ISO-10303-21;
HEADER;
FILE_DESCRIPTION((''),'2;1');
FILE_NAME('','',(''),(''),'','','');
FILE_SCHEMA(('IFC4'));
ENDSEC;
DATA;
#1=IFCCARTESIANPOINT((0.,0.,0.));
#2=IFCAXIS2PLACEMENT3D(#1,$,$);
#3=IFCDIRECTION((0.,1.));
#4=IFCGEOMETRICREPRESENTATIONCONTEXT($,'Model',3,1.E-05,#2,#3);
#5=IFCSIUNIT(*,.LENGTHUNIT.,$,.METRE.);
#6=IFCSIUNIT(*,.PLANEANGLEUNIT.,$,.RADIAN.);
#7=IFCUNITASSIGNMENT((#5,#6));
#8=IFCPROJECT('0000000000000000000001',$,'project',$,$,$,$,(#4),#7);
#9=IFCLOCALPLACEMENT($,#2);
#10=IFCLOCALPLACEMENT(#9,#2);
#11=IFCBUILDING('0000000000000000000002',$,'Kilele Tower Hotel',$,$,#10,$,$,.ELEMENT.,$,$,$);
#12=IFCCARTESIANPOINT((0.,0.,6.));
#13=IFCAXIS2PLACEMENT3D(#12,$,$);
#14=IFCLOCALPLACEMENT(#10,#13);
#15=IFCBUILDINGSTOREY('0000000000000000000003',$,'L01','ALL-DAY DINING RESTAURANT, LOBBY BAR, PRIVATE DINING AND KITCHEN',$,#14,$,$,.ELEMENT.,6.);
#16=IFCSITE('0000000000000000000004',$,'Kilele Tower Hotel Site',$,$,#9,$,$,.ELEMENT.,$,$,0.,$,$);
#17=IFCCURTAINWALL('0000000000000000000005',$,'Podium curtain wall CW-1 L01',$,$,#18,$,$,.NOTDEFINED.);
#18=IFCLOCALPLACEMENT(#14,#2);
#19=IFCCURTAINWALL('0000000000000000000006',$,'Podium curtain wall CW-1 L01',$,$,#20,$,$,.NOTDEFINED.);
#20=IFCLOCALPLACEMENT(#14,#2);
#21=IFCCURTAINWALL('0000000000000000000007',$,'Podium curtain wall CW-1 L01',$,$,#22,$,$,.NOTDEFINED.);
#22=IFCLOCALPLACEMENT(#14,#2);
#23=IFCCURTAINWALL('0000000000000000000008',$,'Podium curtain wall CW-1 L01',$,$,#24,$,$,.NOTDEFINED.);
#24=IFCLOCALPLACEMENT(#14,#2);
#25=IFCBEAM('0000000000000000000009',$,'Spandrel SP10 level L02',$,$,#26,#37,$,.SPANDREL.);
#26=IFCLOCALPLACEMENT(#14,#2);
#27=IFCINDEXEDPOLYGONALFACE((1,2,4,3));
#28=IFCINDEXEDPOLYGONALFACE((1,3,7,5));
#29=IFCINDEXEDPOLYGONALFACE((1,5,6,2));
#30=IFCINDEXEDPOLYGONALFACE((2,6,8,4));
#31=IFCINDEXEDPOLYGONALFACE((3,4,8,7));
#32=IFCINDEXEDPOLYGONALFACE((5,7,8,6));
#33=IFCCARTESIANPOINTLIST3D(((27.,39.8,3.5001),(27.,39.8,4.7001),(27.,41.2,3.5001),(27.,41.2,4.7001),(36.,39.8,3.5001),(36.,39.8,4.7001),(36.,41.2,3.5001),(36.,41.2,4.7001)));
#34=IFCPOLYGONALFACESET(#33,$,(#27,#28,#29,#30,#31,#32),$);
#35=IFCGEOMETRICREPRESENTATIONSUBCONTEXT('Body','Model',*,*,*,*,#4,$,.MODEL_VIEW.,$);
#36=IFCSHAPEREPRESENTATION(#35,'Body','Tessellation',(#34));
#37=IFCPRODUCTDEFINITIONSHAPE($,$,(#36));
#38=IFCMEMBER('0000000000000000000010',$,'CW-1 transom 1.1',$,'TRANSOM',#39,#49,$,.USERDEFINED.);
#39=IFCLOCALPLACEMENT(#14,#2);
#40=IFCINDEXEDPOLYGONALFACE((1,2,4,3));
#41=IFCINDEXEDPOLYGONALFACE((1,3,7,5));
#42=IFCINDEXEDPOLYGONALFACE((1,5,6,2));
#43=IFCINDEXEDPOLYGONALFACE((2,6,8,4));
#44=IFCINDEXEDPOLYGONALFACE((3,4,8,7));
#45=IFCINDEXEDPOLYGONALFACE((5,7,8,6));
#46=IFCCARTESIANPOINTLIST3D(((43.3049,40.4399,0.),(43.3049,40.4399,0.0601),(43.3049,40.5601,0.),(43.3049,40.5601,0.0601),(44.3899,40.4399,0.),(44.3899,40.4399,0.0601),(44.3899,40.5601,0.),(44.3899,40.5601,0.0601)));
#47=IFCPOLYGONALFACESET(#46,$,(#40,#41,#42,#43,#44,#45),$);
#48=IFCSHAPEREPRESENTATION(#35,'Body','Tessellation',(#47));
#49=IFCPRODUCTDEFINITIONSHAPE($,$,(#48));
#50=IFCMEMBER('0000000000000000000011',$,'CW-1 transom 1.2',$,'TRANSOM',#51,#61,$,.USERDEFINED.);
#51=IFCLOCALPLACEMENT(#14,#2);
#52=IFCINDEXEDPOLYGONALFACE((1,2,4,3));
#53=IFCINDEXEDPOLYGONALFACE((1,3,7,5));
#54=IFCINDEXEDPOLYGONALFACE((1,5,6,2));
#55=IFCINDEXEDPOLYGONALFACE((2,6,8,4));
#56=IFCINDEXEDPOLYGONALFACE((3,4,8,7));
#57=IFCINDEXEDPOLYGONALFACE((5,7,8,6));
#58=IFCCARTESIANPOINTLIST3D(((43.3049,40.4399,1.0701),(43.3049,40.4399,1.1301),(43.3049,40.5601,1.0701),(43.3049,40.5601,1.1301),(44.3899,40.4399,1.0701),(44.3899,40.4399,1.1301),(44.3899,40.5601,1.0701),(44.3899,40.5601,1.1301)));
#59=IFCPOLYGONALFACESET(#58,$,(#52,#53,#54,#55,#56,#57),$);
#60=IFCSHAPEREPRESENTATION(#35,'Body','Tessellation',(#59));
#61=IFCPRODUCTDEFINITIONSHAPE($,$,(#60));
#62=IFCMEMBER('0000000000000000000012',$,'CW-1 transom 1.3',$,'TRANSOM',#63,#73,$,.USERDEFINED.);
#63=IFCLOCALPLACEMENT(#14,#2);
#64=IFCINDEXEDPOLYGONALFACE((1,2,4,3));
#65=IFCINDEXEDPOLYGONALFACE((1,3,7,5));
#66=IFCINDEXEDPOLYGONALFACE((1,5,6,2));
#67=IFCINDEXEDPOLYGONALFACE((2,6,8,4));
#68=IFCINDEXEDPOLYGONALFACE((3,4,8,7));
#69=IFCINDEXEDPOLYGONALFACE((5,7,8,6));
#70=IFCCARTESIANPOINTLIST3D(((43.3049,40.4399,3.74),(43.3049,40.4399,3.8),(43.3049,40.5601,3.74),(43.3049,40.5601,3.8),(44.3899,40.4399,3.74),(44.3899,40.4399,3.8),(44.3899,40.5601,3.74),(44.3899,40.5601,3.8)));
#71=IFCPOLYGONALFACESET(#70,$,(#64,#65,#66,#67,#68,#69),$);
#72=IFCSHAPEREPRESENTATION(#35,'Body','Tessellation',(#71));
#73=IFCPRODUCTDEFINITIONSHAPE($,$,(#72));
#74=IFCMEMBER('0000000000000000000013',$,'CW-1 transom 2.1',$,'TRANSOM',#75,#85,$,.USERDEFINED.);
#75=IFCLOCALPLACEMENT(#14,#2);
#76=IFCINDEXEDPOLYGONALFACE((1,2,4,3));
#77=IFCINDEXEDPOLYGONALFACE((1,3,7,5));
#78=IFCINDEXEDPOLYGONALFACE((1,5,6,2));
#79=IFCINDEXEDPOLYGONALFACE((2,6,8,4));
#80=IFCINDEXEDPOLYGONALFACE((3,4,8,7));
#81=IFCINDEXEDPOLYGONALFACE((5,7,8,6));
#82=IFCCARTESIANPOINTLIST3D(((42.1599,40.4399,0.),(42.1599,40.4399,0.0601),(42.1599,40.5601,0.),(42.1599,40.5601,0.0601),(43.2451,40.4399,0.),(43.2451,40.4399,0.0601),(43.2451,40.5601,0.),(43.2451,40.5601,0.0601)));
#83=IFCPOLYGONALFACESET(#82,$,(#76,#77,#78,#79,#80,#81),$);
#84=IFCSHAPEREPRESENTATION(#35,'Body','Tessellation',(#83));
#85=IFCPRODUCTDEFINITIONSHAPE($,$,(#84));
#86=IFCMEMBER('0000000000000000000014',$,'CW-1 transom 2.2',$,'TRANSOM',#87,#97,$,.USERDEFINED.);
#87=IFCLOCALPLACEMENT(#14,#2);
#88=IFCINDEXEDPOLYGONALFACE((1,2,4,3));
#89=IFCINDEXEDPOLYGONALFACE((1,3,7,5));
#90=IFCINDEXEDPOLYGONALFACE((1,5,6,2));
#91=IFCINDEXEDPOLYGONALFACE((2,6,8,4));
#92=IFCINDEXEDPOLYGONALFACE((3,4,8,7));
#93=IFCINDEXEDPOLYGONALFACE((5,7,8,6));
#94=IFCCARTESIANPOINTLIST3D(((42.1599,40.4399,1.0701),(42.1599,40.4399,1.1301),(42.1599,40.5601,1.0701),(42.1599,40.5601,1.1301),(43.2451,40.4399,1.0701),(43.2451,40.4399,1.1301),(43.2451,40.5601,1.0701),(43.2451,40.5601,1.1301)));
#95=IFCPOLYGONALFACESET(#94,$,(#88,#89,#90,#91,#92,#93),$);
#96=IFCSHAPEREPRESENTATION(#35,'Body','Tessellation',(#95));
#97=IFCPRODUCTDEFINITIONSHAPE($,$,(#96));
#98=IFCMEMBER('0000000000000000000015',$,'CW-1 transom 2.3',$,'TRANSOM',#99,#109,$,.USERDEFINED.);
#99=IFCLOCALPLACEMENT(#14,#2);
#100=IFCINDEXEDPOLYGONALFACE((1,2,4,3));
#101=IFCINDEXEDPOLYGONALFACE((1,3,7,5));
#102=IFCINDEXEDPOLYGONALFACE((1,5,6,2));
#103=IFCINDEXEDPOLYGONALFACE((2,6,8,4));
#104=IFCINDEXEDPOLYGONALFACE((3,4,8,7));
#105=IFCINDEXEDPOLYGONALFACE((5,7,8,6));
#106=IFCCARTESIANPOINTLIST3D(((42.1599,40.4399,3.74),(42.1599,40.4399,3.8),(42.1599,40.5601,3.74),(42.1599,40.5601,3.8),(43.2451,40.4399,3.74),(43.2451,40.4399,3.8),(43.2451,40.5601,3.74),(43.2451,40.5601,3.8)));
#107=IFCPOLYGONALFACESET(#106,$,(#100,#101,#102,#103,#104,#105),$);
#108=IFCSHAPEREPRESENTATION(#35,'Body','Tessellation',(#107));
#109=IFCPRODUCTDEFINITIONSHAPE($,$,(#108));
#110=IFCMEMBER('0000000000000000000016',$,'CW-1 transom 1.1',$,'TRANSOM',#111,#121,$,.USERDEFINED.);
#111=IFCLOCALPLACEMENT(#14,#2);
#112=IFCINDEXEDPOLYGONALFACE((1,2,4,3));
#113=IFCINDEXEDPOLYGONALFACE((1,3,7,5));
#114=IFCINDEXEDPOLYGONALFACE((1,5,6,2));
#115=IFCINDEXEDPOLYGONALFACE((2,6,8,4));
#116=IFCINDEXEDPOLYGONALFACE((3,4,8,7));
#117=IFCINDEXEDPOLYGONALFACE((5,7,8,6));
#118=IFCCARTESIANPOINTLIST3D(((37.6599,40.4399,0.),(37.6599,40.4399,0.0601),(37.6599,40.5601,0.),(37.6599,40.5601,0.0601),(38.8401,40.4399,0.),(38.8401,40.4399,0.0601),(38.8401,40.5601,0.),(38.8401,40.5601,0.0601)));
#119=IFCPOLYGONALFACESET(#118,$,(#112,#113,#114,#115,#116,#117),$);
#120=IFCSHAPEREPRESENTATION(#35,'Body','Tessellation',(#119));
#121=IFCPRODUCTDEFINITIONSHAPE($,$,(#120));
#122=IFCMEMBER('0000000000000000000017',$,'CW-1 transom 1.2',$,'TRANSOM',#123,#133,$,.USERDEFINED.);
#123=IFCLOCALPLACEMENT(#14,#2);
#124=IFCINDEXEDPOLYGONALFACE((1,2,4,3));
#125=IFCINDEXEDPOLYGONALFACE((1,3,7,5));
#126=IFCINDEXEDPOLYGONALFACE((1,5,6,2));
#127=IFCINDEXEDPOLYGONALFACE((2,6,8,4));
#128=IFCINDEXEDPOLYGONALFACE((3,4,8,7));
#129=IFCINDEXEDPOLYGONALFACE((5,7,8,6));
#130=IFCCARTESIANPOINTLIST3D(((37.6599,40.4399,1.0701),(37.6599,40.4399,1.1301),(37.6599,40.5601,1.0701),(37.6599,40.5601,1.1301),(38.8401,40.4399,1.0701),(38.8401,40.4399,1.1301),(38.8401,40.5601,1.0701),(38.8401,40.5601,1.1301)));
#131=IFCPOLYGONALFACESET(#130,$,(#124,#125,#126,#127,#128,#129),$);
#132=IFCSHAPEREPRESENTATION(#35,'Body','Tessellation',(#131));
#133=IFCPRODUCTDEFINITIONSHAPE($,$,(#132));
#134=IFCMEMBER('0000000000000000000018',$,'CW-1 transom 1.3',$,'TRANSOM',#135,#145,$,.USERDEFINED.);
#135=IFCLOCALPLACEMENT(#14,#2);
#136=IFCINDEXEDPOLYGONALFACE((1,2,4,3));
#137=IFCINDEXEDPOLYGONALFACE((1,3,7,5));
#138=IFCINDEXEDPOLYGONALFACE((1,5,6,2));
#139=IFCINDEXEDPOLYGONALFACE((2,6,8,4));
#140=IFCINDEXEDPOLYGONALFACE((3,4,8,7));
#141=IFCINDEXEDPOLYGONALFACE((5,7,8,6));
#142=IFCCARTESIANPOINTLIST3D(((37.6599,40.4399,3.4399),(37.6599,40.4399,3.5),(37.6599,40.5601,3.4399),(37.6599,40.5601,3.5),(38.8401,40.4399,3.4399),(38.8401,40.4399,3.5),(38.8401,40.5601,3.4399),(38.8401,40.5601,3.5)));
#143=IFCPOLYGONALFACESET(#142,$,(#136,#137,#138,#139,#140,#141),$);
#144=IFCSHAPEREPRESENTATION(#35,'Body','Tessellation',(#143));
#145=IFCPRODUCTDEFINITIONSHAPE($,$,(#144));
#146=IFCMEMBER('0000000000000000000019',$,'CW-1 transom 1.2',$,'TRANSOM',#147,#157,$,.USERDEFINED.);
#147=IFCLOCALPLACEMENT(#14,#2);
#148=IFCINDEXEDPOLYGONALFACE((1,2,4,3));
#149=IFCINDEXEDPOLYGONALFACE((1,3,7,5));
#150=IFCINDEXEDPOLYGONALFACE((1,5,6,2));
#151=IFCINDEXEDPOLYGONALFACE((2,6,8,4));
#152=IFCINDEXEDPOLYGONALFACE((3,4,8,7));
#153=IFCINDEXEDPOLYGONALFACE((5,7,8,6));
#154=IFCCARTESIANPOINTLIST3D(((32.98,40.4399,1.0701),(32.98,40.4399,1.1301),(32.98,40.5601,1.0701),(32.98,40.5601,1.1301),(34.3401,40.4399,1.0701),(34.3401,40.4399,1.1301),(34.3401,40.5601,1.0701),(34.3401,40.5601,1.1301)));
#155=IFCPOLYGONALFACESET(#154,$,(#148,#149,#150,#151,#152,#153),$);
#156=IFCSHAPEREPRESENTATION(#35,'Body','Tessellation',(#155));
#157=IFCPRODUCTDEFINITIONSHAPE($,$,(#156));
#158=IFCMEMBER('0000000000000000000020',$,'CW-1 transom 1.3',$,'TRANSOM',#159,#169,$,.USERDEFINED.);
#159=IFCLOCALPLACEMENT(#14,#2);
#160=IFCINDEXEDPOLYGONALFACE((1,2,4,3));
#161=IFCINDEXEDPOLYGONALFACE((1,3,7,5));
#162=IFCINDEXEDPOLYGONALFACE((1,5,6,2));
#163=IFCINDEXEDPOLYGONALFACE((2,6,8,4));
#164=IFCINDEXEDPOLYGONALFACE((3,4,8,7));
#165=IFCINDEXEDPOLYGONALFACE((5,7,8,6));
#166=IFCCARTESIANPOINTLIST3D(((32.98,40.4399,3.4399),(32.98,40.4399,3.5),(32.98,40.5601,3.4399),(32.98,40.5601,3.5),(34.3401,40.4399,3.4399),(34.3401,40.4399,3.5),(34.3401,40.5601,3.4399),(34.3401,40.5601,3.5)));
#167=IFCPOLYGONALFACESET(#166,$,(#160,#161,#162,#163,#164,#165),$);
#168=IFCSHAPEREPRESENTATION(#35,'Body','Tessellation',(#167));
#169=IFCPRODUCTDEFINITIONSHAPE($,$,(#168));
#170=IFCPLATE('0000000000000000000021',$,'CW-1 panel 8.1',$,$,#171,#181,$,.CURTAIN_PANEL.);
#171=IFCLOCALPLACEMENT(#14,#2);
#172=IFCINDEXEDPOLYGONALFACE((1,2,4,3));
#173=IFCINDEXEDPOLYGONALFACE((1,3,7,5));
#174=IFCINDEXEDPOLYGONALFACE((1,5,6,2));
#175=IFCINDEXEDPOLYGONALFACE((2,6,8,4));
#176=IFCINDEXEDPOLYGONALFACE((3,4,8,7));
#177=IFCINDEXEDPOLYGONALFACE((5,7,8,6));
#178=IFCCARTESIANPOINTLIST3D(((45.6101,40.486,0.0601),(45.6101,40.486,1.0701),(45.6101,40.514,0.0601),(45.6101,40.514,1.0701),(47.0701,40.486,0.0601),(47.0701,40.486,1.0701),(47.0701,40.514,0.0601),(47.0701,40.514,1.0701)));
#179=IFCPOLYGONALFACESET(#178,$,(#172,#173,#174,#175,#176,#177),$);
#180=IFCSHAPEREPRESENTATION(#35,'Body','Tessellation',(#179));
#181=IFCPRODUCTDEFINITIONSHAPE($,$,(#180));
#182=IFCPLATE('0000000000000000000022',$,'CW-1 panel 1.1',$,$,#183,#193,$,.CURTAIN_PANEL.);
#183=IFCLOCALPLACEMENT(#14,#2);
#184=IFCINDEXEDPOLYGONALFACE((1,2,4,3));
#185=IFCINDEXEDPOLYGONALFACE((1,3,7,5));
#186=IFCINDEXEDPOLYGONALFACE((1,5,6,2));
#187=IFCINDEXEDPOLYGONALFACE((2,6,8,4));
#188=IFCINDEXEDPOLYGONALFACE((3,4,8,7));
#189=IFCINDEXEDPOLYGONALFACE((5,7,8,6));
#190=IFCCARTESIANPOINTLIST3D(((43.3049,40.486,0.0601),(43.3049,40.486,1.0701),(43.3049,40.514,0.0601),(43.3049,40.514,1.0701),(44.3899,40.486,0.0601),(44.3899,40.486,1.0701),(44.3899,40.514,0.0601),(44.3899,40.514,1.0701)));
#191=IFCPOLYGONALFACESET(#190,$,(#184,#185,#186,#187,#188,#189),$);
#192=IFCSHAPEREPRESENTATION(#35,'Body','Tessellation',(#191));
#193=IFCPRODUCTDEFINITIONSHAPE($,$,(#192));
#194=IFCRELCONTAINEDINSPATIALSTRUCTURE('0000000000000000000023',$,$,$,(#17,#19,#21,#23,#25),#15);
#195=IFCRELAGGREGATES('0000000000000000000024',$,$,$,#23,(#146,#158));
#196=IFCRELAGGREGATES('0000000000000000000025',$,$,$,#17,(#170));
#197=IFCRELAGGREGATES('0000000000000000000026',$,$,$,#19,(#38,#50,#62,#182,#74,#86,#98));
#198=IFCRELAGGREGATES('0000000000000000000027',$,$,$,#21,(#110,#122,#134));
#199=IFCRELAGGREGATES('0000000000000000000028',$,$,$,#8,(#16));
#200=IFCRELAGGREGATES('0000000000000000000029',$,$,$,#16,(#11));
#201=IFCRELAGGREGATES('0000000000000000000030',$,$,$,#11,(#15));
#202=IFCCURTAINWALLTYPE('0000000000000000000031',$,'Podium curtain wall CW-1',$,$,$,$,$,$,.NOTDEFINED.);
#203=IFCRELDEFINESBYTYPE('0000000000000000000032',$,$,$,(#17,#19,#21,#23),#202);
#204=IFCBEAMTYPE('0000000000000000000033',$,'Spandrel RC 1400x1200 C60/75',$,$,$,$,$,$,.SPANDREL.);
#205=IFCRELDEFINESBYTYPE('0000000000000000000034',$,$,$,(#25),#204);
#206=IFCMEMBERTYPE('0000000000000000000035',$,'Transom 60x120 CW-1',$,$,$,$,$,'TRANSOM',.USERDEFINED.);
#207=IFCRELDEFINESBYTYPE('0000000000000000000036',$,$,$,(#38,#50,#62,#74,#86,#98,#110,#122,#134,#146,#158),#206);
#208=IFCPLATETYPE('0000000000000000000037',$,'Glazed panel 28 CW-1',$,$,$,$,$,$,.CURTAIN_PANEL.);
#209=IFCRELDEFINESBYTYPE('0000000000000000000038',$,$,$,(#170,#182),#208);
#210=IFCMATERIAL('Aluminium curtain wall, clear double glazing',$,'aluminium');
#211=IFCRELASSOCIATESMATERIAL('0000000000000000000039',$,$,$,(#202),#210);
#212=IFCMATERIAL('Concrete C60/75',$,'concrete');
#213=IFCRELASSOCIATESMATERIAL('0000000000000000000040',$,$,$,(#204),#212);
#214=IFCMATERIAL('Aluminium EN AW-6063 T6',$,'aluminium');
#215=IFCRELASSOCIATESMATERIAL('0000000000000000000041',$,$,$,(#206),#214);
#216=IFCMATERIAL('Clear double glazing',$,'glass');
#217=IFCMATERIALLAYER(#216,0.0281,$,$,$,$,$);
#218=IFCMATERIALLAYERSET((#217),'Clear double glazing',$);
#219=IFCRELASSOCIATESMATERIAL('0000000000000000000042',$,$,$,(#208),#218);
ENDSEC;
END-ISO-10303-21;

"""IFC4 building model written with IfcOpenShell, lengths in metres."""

from ifc_helpers import new_model, si_unit, direction, frame, origin, origin_2d, place, context, subcontext, project, spatial, rectangle, extrude, material, layer, layer_set, material_profile, profile_set, type_object, element, aggregate, save


model = new_model("IFC4")

# Units and contexts
model_context = context("Model", 3, precision=1e-05, world=origin(), true_north=direction((0.0, 1.0)))
body_context = subcontext(model_context, "Body", "Model", "MODEL_VIEW")
ifc_project = project(units=[si_unit("LENGTHUNIT", "METRE"), si_unit("PLANEANGLEUNIT", "RADIAN")], contexts=[model_context])

# Site, building, storey
site_placement = place(None, origin())
site = spatial("IfcSite", under=ifc_project, at=site_placement, Name="Kilele Tower Hotel Site", CompositionType="ELEMENT", RefElevation=0.0)
building_placement = place(site_placement, origin())
building = spatial("IfcBuilding", under=site, at=building_placement, Name="Kilele Tower Hotel", CompositionType="ELEMENT")
storey_placement = place(building_placement, frame((0.0, 0.0, 6.0)))
storey = spatial("IfcBuildingStorey", under=building, at=storey_placement, Name="L01", Description="ALL-DAY DINING RESTAURANT, LOBBY BAR, PRIVATE DINING AND KITCHEN", CompositionType="ELEMENT", Elevation=6.0)

# Curtain wall
ifc_material_1 = material(Name="Aluminium curtain wall, clear double glazing", Category="aluminium")
curtain_wall_type = type_object("IfcCurtainWallType", Name="Podium curtain wall CW-1", PredefinedType="NOTDEFINED", material=ifc_material_1)
curtain_wall_1_placement = place(storey_placement, origin())
curtain_wall_1 = element("IfcCurtainWall", 1, at=curtain_wall_1_placement, inside=storey, type_object=curtain_wall_type, Name="Podium curtain wall CW-1 L01", PredefinedType="NOTDEFINED")

# Curtain walls
curtain_wall_2_placement = place(storey_placement, origin())
curtain_wall_2 = element("IfcCurtainWall", 2, at=curtain_wall_2_placement, inside=storey, type_object=curtain_wall_type, Name="Podium curtain wall CW-1 L01", PredefinedType="NOTDEFINED")
curtain_wall_3_placement = place(storey_placement, origin())
curtain_wall_3 = element("IfcCurtainWall", 3, at=curtain_wall_3_placement, inside=storey, type_object=curtain_wall_type, Name="Podium curtain wall CW-1 L01", PredefinedType="NOTDEFINED")

# Curtain wall
curtain_wall_4_placement = place(storey_placement, origin())
curtain_wall_4 = element("IfcCurtainWall", 4, at=curtain_wall_4_placement, inside=storey, type_object=curtain_wall_type, Name="Podium curtain wall CW-1 L01", PredefinedType="NOTDEFINED")

# Beam
ifc_material_2 = material(Name="Concrete C60/75", Category="concrete")
ifc_material_profile_1 = material_profile(ifc_material_2, rectangle(XDim=1.3999, YDim=1.2, at=origin_2d()))
ifc_profile_set_1 = profile_set([ifc_material_profile_1], Name="Concrete C60/75")
beam_type_1 = type_object("IfcBeamType", Name="Spandrel RC 1400x1200 C60/75", PredefinedType="SPANDREL", material=ifc_profile_set_1)
beam_1_placement = place(storey_placement, frame((36.0, 40.5, 4.1001), z_axis=(-1.0, 0.0, 0.0), x_axis=(0.0, -1.0, 0.0)))
element("IfcBeam", 5, at=beam_1_placement, inside=storey, type_object=beam_type_1, Name="Spandrel SP10 level L02", PredefinedType="SPANDREL", context=body_context, shape_type="SweptSolid", body=[
    extrude(rectangle(XDim=1.3999, YDim=1.2, at=origin_2d()), origin(), (0.0, 0.0, 1.0), 9.0),
])

# Members
ifc_material_3 = material(Name="Aluminium EN AW-6063 T6", Category="aluminium")
ifc_material_profile_2 = material_profile(ifc_material_3, rectangle(XDim=0.1201, YDim=0.0601, at=origin_2d()))
ifc_profile_set_2 = profile_set([ifc_material_profile_2], Name="Aluminium EN AW-6063 T6")
member_type_1 = type_object("IfcMemberType", Name="Transom 60x120 CW-1", ElementType="TRANSOM", PredefinedType="USERDEFINED", material=ifc_profile_set_2)
member_1_placement = place(storey_placement, frame((44.3899, 40.5, 0.03), z_axis=(-1.0, 0.0, 0.0), x_axis=(0.0, -1.0, 0.0)))
member_1 = element("IfcMember", 6, at=member_1_placement, type_object=member_type_1, Name="CW-1 transom 1.1", ObjectType="TRANSOM", PredefinedType="USERDEFINED", context=body_context, shape_type="SweptSolid", body=[
    extrude(rectangle(XDim=0.1201, YDim=0.0601, at=origin_2d()), origin(), (0.0, 0.0, 1.0), 1.085),
])
member_2_placement = place(storey_placement, frame((44.3899, 40.5, 1.1001), z_axis=(-1.0, 0.0, 0.0), x_axis=(0.0, -1.0, 0.0)))
member_2 = element("IfcMember", 7, at=member_2_placement, type_object=member_type_1, Name="CW-1 transom 1.2", ObjectType="TRANSOM", PredefinedType="USERDEFINED", context=body_context, shape_type="SweptSolid", body=[
    extrude(rectangle(XDim=0.1201, YDim=0.0601, at=origin_2d()), origin(), (0.0, 0.0, 1.0), 1.085),
])
member_3_placement = place(storey_placement, frame((44.3899, 40.5, 3.77), z_axis=(-1.0, 0.0, 0.0), x_axis=(0.0, -1.0, 0.0)))
member_3 = element("IfcMember", 8, at=member_3_placement, type_object=member_type_1, Name="CW-1 transom 1.3", ObjectType="TRANSOM", PredefinedType="USERDEFINED", context=body_context, shape_type="SweptSolid", body=[
    extrude(rectangle(XDim=0.1201, YDim=0.0601, at=origin_2d()), origin(), (0.0, 0.0, 1.0), 1.085),
])
member_4_placement = place(storey_placement, frame((43.2451, 40.5, 0.03), z_axis=(-1.0, 0.0, 0.0), x_axis=(0.0, -1.0, 0.0)))
member_4 = element("IfcMember", 9, at=member_4_placement, type_object=member_type_1, Name="CW-1 transom 2.1", ObjectType="TRANSOM", PredefinedType="USERDEFINED", context=body_context, shape_type="SweptSolid", body=[
    extrude(rectangle(XDim=0.1201, YDim=0.0601, at=origin_2d()), origin(), (0.0, 0.0, 1.0), 1.0852),
])
member_5_placement = place(storey_placement, frame((43.2451, 40.5, 1.1001), z_axis=(-1.0, 0.0, 0.0), x_axis=(0.0, -1.0, 0.0)))
member_5 = element("IfcMember", 10, at=member_5_placement, type_object=member_type_1, Name="CW-1 transom 2.2", ObjectType="TRANSOM", PredefinedType="USERDEFINED", context=body_context, shape_type="SweptSolid", body=[
    extrude(rectangle(XDim=0.1201, YDim=0.0601, at=origin_2d()), origin(), (0.0, 0.0, 1.0), 1.0852),
])
member_6_placement = place(storey_placement, frame((43.2451, 40.5, 3.77), z_axis=(-1.0, 0.0, 0.0), x_axis=(0.0, -1.0, 0.0)))
member_6 = element("IfcMember", 11, at=member_6_placement, type_object=member_type_1, Name="CW-1 transom 2.3", ObjectType="TRANSOM", PredefinedType="USERDEFINED", context=body_context, shape_type="SweptSolid", body=[
    extrude(rectangle(XDim=0.1201, YDim=0.0601, at=origin_2d()), origin(), (0.0, 0.0, 1.0), 1.0852),
])
member_7_placement = place(storey_placement, frame((38.8401, 40.5, 0.03), z_axis=(-1.0, 0.0, 0.0), x_axis=(0.0, -1.0, 0.0)))
member_7 = element("IfcMember", 12, at=member_7_placement, type_object=member_type_1, Name="CW-1 transom 1.1", ObjectType="TRANSOM", PredefinedType="USERDEFINED", context=body_context, shape_type="SweptSolid", body=[
    extrude(rectangle(XDim=0.1201, YDim=0.0601, at=origin_2d()), origin(), (0.0, 0.0, 1.0), 1.1802),
])
member_8_placement = place(storey_placement, frame((38.8401, 40.5, 1.1001), z_axis=(-1.0, 0.0, 0.0), x_axis=(0.0, -1.0, 0.0)))
member_8 = element("IfcMember", 13, at=member_8_placement, type_object=member_type_1, Name="CW-1 transom 1.2", ObjectType="TRANSOM", PredefinedType="USERDEFINED", context=body_context, shape_type="SweptSolid", body=[
    extrude(rectangle(XDim=0.1201, YDim=0.0601, at=origin_2d()), origin(), (0.0, 0.0, 1.0), 1.1802),
])
member_9_placement = place(storey_placement, frame((38.8401, 40.5, 3.47), z_axis=(-1.0, 0.0, 0.0), x_axis=(0.0, -1.0, 0.0)))
member_9 = element("IfcMember", 14, at=member_9_placement, type_object=member_type_1, Name="CW-1 transom 1.3", ObjectType="TRANSOM", PredefinedType="USERDEFINED", context=body_context, shape_type="SweptSolid", body=[
    extrude(rectangle(XDim=0.1201, YDim=0.0601, at=origin_2d()), origin(), (0.0, 0.0, 1.0), 1.1802),
])
member_10_placement = place(storey_placement, frame((34.3401, 40.5, 1.1001), z_axis=(-1.0, 0.0, 0.0), x_axis=(0.0, -1.0, 0.0)))
member_10 = element("IfcMember", 15, at=member_10_placement, type_object=member_type_1, Name="CW-1 transom 1.2", ObjectType="TRANSOM", PredefinedType="USERDEFINED", context=body_context, shape_type="SweptSolid", body=[
    extrude(rectangle(XDim=0.1201, YDim=0.0601, at=origin_2d()), origin(), (0.0, 0.0, 1.0), 1.3601),
])
member_11_placement = place(storey_placement, frame((34.3401, 40.5, 3.47), z_axis=(-1.0, 0.0, 0.0), x_axis=(0.0, -1.0, 0.0)))
member_11 = element("IfcMember", 16, at=member_11_placement, type_object=member_type_1, Name="CW-1 transom 1.3", ObjectType="TRANSOM", PredefinedType="USERDEFINED", context=body_context, shape_type="SweptSolid", body=[
    extrude(rectangle(XDim=0.1201, YDim=0.0601, at=origin_2d()), origin(), (0.0, 0.0, 1.0), 1.3601),
])
aggregate(curtain_wall_4, [member_10, member_11])

# Plates
ifc_material_4 = material(Name="Clear double glazing", Category="glass")
ifc_layer = layer(ifc_material_4, 0.0281)
ifc_layer_set = layer_set([ifc_layer], Name="Clear double glazing")
plate_type = type_object("IfcPlateType", Name="Glazed panel 28 CW-1", PredefinedType="CURTAIN_PANEL", material=ifc_layer_set)
plate_1_placement = place(storey_placement, frame((46.3401, 40.5, 0.0601), z_axis=(0.0, 0.0, 1.0), x_axis=(-1.0, 0.0, 0.0)))
plate_1 = element("IfcPlate", 17, at=plate_1_placement, type_object=plate_type, Name="CW-1 panel 8.1", PredefinedType="CURTAIN_PANEL", context=body_context, shape_type="SweptSolid", body=[
    extrude(rectangle(XDim=1.46, YDim=0.0281, at=origin_2d()), origin(), (0.0, 0.0, 1.0), 1.01),
])
aggregate(curtain_wall_1, [plate_1])
plate_2_placement = place(storey_placement, frame((43.8474, 40.5, 0.0601), z_axis=(0.0, 0.0, 1.0), x_axis=(-1.0, 0.0, 0.0)))
plate_2 = element("IfcPlate", 18, at=plate_2_placement, type_object=plate_type, Name="CW-1 panel 1.1", PredefinedType="CURTAIN_PANEL", context=body_context, shape_type="SweptSolid", body=[
    extrude(rectangle(XDim=1.085, YDim=0.0281, at=origin_2d()), origin(), (0.0, 0.0, 1.0), 1.01),
])
aggregate(curtain_wall_2, [member_1, member_2, member_3, plate_2, member_4, member_5, member_6])
aggregate(curtain_wall_3, [member_7, member_8, member_9])

save(model, "model.ifc")
